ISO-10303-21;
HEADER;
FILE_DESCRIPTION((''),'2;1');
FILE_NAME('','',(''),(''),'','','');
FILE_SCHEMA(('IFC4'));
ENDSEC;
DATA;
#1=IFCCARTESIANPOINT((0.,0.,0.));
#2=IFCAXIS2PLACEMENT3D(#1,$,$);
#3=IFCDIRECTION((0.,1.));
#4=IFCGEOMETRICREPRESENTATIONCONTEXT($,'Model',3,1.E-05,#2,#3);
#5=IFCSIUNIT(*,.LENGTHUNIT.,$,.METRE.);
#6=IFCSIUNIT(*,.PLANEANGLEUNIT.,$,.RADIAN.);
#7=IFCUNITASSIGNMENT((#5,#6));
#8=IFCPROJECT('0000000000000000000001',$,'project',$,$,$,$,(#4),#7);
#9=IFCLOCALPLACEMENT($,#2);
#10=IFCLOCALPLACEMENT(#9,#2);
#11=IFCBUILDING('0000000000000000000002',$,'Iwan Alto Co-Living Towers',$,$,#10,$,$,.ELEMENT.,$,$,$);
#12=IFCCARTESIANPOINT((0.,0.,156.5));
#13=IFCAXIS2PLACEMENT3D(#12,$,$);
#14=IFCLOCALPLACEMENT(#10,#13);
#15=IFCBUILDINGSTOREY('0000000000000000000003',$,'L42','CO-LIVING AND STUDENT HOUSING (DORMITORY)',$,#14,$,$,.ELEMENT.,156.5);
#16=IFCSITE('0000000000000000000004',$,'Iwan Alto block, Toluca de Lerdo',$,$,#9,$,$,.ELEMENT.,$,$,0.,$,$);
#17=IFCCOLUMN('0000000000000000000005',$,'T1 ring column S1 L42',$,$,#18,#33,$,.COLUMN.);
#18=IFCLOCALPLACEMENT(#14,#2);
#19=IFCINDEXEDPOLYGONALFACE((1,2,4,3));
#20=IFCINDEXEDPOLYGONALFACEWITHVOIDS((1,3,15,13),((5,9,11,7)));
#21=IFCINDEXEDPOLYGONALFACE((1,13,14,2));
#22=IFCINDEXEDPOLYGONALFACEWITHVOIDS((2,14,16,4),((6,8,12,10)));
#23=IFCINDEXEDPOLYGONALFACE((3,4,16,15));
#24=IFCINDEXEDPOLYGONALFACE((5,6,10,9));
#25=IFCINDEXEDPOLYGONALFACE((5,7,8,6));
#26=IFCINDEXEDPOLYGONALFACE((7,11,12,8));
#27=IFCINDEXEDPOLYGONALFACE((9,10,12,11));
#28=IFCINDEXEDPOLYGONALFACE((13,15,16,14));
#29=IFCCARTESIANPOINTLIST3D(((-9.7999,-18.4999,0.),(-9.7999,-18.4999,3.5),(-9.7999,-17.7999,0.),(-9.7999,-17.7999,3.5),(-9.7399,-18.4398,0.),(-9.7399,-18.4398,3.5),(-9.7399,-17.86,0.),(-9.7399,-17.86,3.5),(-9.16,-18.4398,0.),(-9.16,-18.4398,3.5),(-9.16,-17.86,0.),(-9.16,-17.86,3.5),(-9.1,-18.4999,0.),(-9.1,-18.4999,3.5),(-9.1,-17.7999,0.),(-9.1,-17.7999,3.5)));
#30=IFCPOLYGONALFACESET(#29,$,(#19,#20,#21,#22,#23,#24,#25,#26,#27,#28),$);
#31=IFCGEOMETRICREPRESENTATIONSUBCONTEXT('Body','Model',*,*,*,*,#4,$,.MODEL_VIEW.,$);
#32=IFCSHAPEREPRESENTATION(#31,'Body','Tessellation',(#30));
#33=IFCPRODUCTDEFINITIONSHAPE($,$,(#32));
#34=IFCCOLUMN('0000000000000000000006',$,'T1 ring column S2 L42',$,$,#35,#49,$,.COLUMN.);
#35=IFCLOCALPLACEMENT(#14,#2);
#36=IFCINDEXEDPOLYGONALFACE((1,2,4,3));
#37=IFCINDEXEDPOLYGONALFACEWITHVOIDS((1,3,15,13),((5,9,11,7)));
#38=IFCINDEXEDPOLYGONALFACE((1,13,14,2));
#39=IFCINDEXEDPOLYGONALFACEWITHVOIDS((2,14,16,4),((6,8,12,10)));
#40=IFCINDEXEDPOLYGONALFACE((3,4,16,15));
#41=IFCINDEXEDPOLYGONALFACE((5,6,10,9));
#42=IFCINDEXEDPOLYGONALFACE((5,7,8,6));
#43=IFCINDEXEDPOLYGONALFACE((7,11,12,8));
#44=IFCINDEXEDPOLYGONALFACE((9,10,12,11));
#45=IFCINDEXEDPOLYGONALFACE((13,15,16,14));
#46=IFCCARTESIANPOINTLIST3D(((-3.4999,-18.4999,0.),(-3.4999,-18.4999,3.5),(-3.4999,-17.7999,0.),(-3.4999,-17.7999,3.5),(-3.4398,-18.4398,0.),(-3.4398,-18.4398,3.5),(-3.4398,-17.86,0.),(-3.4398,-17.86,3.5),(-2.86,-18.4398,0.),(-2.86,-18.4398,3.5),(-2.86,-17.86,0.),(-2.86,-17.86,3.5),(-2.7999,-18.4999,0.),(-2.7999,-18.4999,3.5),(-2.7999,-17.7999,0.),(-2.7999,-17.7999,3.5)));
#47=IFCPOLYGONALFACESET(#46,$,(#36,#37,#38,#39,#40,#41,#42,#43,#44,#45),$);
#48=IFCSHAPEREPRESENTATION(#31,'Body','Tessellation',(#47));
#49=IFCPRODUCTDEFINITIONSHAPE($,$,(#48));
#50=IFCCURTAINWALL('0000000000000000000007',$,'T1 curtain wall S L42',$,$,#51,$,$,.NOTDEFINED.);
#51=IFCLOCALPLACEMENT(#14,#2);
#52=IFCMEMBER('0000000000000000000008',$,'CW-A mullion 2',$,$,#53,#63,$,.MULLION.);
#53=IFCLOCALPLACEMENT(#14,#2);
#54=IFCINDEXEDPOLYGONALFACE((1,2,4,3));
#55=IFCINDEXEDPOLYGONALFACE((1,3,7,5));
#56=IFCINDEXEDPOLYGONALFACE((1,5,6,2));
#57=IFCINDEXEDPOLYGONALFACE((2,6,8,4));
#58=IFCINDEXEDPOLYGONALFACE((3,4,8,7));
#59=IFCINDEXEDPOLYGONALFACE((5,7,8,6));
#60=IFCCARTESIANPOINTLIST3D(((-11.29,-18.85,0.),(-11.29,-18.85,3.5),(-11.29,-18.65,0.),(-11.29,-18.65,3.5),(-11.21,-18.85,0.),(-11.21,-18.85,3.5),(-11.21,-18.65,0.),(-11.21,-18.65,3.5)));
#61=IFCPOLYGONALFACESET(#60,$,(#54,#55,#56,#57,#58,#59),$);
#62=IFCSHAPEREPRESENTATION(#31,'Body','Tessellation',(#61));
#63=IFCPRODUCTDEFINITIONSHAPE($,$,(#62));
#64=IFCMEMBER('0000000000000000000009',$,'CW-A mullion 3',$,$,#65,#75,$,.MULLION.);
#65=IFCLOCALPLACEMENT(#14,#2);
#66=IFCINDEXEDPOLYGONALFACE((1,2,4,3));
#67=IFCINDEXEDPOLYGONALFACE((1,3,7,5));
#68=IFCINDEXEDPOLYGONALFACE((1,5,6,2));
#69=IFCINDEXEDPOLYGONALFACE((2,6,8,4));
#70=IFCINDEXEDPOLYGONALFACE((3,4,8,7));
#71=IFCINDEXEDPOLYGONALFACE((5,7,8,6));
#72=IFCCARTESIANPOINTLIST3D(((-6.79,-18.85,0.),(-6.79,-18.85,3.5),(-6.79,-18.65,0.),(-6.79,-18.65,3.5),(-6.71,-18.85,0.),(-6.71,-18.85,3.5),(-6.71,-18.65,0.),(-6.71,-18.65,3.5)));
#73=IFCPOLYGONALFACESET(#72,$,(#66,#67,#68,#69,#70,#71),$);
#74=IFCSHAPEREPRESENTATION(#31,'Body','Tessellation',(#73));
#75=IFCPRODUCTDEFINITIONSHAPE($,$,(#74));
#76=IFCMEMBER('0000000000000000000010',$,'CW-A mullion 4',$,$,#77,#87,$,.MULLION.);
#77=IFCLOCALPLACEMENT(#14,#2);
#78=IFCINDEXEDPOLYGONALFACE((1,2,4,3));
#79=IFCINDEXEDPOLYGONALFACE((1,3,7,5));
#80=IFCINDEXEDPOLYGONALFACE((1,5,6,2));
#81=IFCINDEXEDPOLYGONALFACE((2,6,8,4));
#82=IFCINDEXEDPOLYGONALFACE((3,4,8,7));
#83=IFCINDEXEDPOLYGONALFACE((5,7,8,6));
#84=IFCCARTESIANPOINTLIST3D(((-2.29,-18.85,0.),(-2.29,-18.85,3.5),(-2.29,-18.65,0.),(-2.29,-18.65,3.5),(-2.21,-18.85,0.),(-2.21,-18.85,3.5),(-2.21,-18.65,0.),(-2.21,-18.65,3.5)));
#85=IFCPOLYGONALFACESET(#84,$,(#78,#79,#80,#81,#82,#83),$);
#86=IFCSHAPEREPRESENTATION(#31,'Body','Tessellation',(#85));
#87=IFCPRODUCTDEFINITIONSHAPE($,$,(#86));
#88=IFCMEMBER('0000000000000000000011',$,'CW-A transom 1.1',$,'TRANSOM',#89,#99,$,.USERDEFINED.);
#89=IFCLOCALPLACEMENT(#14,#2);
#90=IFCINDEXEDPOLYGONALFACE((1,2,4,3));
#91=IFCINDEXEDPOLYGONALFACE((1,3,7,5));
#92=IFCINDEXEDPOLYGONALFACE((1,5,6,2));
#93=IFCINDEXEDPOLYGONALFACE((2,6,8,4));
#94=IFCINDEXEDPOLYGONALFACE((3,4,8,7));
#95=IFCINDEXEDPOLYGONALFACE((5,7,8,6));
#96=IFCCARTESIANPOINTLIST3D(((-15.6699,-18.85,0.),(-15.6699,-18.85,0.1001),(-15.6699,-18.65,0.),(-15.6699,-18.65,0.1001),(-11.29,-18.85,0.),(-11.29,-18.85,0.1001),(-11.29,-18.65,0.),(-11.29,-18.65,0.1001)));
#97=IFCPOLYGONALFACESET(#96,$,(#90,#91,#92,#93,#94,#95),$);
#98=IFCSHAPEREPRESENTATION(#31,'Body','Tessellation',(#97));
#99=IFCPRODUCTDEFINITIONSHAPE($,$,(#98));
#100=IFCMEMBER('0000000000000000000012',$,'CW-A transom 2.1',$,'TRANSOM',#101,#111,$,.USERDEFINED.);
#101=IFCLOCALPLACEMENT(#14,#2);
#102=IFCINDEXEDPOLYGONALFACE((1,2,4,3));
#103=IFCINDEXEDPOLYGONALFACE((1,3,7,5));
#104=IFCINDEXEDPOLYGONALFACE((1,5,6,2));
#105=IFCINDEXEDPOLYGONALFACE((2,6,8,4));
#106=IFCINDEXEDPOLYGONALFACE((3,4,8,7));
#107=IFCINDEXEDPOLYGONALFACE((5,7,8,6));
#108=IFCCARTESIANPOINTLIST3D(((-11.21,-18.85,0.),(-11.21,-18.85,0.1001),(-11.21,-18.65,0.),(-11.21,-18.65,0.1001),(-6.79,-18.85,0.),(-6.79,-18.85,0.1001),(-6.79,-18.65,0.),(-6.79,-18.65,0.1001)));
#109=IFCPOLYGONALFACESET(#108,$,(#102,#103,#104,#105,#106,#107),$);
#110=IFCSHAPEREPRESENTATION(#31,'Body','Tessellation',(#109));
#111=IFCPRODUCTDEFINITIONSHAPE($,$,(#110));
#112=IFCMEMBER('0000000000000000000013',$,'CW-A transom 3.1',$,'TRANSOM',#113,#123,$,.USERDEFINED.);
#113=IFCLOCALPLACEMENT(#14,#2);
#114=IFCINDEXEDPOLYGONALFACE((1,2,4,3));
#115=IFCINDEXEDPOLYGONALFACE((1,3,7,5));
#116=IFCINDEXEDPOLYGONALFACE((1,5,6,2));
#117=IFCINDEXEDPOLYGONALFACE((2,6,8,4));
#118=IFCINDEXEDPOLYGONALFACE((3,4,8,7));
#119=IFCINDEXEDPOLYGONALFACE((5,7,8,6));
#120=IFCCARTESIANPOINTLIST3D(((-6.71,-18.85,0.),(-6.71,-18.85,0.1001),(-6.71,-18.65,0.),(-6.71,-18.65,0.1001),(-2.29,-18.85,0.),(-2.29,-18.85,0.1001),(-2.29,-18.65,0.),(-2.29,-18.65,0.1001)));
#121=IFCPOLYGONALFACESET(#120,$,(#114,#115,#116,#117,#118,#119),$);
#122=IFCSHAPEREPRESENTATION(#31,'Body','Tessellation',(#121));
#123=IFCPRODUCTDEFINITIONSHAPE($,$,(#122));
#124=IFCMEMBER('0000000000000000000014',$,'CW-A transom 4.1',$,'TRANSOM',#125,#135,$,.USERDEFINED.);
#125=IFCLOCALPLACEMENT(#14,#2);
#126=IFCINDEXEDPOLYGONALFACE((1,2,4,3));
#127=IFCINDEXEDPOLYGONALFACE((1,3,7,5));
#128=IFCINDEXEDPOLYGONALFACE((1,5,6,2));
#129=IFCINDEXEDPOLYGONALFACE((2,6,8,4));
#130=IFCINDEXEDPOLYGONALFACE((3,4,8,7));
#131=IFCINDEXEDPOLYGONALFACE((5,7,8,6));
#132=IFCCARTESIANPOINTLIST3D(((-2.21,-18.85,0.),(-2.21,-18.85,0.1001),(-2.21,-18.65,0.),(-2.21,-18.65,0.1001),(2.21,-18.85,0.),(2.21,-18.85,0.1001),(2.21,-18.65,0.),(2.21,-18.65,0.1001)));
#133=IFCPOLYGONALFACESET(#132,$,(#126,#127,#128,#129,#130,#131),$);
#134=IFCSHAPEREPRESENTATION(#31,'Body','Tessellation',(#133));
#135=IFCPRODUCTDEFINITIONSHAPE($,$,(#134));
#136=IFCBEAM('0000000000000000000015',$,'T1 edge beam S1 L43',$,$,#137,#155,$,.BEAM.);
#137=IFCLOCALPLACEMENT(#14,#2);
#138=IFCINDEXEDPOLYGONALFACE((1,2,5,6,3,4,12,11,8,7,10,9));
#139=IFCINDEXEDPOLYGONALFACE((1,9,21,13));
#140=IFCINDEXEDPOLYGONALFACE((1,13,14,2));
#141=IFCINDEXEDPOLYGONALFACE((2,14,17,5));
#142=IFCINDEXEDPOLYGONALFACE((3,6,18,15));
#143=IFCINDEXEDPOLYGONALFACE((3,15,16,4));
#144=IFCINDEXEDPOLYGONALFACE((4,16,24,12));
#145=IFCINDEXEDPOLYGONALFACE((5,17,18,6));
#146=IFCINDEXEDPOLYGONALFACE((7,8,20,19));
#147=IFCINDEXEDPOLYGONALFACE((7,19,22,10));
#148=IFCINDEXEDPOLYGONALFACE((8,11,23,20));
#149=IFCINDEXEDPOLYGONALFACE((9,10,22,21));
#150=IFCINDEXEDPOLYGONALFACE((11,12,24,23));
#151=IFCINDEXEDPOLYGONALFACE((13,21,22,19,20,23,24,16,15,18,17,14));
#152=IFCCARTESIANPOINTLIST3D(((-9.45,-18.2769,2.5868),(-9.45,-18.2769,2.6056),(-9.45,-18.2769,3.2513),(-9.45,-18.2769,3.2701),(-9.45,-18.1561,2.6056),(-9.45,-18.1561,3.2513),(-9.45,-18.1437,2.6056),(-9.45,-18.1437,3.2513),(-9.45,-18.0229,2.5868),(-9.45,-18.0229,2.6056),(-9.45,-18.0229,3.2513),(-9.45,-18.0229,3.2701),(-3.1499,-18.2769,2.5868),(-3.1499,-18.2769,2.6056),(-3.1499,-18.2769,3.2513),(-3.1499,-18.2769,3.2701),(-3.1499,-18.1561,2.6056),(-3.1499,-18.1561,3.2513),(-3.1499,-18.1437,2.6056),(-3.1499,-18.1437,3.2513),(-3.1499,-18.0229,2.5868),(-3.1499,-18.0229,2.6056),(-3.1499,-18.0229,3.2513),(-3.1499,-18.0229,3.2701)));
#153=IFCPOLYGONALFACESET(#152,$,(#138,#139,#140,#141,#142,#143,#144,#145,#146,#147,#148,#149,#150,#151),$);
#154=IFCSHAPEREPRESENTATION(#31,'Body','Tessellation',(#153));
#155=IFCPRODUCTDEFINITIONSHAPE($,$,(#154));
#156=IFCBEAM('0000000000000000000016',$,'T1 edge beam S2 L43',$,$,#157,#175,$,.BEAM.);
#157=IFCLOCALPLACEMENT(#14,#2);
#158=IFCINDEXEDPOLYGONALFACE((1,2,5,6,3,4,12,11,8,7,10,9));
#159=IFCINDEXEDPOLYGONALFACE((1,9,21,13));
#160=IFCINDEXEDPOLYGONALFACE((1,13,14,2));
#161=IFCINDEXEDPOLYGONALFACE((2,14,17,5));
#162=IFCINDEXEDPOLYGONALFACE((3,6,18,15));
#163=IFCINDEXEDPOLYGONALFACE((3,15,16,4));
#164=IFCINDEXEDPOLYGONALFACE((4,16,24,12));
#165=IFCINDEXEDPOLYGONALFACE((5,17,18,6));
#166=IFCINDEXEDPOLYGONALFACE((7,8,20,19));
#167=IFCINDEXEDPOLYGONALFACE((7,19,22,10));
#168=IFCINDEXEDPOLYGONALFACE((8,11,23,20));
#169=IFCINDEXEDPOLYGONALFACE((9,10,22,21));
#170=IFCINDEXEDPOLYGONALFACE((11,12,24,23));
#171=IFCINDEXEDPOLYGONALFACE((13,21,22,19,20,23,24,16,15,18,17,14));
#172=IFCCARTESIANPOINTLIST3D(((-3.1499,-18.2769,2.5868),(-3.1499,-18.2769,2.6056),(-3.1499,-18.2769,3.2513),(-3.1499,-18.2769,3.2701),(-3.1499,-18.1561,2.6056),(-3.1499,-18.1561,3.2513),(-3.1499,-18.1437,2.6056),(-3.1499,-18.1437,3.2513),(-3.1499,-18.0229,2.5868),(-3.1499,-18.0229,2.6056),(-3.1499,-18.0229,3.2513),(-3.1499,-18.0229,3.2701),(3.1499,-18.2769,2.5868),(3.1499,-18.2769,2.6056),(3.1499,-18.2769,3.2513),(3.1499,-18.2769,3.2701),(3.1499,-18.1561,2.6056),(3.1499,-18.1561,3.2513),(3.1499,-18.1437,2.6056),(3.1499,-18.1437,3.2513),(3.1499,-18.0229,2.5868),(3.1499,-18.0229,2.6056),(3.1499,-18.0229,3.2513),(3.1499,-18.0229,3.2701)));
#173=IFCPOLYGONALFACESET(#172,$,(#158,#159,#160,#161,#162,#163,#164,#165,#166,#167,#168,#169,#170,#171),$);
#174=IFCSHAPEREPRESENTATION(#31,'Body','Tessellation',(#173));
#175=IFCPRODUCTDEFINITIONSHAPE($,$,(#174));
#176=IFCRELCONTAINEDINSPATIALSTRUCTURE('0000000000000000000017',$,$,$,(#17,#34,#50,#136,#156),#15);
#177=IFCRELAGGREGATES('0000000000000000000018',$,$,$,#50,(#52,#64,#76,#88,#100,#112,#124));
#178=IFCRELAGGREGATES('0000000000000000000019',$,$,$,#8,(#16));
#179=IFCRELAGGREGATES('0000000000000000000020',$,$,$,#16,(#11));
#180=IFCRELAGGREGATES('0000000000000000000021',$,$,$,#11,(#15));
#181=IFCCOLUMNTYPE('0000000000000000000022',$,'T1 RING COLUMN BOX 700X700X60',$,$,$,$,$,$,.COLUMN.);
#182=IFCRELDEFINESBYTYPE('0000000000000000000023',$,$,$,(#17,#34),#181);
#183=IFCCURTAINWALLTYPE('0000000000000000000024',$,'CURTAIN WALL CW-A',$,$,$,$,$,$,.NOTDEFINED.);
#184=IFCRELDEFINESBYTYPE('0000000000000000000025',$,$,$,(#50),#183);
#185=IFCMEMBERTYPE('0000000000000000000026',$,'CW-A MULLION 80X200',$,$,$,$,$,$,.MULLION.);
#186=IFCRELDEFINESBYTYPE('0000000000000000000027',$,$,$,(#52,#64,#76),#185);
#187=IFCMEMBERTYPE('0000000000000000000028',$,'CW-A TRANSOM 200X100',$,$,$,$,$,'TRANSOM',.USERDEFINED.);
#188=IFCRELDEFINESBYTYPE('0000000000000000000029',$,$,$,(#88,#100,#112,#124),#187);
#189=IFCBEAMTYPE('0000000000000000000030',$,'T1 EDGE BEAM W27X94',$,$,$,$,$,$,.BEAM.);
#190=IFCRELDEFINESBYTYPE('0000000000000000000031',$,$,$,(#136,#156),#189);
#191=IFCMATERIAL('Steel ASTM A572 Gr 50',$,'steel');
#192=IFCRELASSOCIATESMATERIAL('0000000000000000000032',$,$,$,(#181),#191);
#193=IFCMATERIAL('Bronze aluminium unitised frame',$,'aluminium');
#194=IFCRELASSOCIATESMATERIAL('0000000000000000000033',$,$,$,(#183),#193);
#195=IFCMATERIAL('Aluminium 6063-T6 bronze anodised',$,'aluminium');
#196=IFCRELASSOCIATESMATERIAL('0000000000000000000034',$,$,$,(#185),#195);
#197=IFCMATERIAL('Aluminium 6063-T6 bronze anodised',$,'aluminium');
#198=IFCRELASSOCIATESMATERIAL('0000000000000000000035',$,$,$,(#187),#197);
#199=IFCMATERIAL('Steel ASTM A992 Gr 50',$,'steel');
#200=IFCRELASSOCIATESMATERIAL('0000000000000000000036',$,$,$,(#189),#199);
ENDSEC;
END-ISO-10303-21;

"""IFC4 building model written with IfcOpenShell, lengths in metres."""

from ifc_helpers import new_model, si_unit, direction, frame, origin, origin_2d, place, context, subcontext, project, spatial, rectangle, hollow_rectangle, i_section, extrude, material, material_profile, profile_set, type_object, element, aggregate, save


model = new_model("IFC4")

# Units and contexts
model_context = context("Model", 3, precision=1e-05, world=origin(), true_north=direction((0.0, 1.0)))
body_context = subcontext(model_context, "Body", "Model", "MODEL_VIEW")
ifc_project = project(units=[si_unit("LENGTHUNIT", "METRE"), si_unit("PLANEANGLEUNIT", "RADIAN")], contexts=[model_context])

# Site, building, storey
site_placement = place(None, origin())
site = spatial("IfcSite", under=ifc_project, at=site_placement, Name="Iwan Alto block, Toluca de Lerdo", CompositionType="ELEMENT", RefElevation=0.0)
building_placement = place(site_placement, origin())
building = spatial("IfcBuilding", under=site, at=building_placement, Name="Iwan Alto Co-Living Towers", CompositionType="ELEMENT")
storey_placement = place(building_placement, frame((0.0, 0.0, 156.5)))
storey = spatial("IfcBuildingStorey", under=building, at=storey_placement, Name="L42", Description="CO-LIVING AND STUDENT HOUSING (DORMITORY)", CompositionType="ELEMENT", Elevation=156.5)

# Columns
ifc_material_1 = material(Name="Steel ASTM A572 Gr 50", Category="steel")
ifc_material_profile_1 = material_profile(ifc_material_1, hollow_rectangle(XDim=0.7, YDim=0.7, WallThickness=0.0601, at=origin_2d()), Name="BOX 700X700X60")
ifc_profile_set_1 = profile_set([ifc_material_profile_1], Name="Steel ASTM A572 Gr 50")
column_type = type_object("IfcColumnType", Name="T1 RING COLUMN BOX 700X700X60", PredefinedType="COLUMN", material=ifc_profile_set_1)
for number, where, z_axis, x_axis, name in (
    (1, (-9.45, -18.1499, 0.0), (0.0, 0.0, 1.0), (1.0, 0.0, 0.0), "T1 ring column S1 L42"),
    (2, (-3.1499, -18.1499, 0.0), (0.0, 0.0, 1.0), (1.0, 0.0, 0.0), "T1 ring column S2 L42"),
):
    element("IfcColumn", number, at=place(storey_placement, frame(where, z_axis=z_axis, x_axis=x_axis)), inside=storey, type_object=column_type, Name=name, PredefinedType="COLUMN", context=body_context, shape_type="SweptSolid", body=[
        extrude(hollow_rectangle(XDim=0.7, YDim=0.7, WallThickness=0.0601, at=origin_2d()), origin(), (0.0, 0.0, 1.0), 3.5),
    ])

# Curtain wall, members
ifc_material_2 = material(Name="Bronze aluminium unitised frame", Category="aluminium")
curtain_wall_type = type_object("IfcCurtainWallType", Name="CURTAIN WALL CW-A", PredefinedType="NOTDEFINED", material=ifc_material_2)
curtain_wall_placement = place(storey_placement, origin())
curtain_wall = element("IfcCurtainWall", 3, at=curtain_wall_placement, inside=storey, type_object=curtain_wall_type, Name="T1 curtain wall S L42", PredefinedType="NOTDEFINED")
ifc_material_3 = material(Name="Aluminium 6063-T6 bronze anodised", Category="aluminium")
ifc_material_profile_2 = material_profile(ifc_material_3, rectangle(XDim=0.2, YDim=0.0801, at=origin_2d()), Name="AL 80X200")
ifc_profile_set_2 = profile_set([ifc_material_profile_2], Name="Aluminium 6063-T6 bronze anodised")
member_type_1 = type_object("IfcMemberType", Name="CW-A MULLION 80X200", PredefinedType="MULLION", material=ifc_profile_set_2)
member_1_placement = place(storey_placement, frame((-11.25, -18.75, 0.0), z_axis=(0.0, 0.0, 1.0), x_axis=(0.0, 1.0, 0.0)))
member_1 = element("IfcMember", 4, at=member_1_placement, type_object=member_type_1, Name="CW-A mullion 2", PredefinedType="MULLION", context=body_context, shape_type="SweptSolid", body=[
    extrude(rectangle(XDim=0.2, YDim=0.0801, at=origin_2d()), origin(), (0.0, 0.0, 1.0), 3.5),
])
member_2_placement = place(storey_placement, frame((-6.75, -18.75, 0.0), z_axis=(0.0, 0.0, 1.0), x_axis=(0.0, 1.0, 0.0)))
member_2 = element("IfcMember", 5, at=member_2_placement, type_object=member_type_1, Name="CW-A mullion 3", PredefinedType="MULLION", context=body_context, shape_type="SweptSolid", body=[
    extrude(rectangle(XDim=0.2, YDim=0.0801, at=origin_2d()), origin(), (0.0, 0.0, 1.0), 3.5),
])
member_3_placement = place(storey_placement, frame((-2.25, -18.75, 0.0), z_axis=(0.0, 0.0, 1.0), x_axis=(0.0, 1.0, 0.0)))
member_3 = element("IfcMember", 6, at=member_3_placement, type_object=member_type_1, Name="CW-A mullion 4", PredefinedType="MULLION", context=body_context, shape_type="SweptSolid", body=[
    extrude(rectangle(XDim=0.2, YDim=0.0801, at=origin_2d()), origin(), (0.0, 0.0, 1.0), 3.5),
])
ifc_material_4 = material(Name="Aluminium 6063-T6 bronze anodised", Category="aluminium")
ifc_material_profile_3 = material_profile(ifc_material_4, rectangle(XDim=0.2, YDim=0.1001, at=origin_2d()), Name="AL 200X100")
ifc_profile_set_3 = profile_set([ifc_material_profile_3], Name="Aluminium 6063-T6 bronze anodised")
member_type_2 = type_object("IfcMemberType", Name="CW-A TRANSOM 200X100", ElementType="TRANSOM", PredefinedType="USERDEFINED", material=ifc_profile_set_3)
member_4_placement = place(storey_placement, frame((-15.6699, -18.75, 0.05), z_axis=(1.0, 0.0, 0.0), x_axis=(0.0, 1.0, 0.0)))
member_4 = element("IfcMember", 7, at=member_4_placement, type_object=member_type_2, Name="CW-A transom 1.1", ObjectType="TRANSOM", PredefinedType="USERDEFINED", context=body_context, shape_type="SweptSolid", body=[
    extrude(rectangle(XDim=0.2, YDim=0.1001, at=origin_2d()), origin(), (0.0, 0.0, 1.0), 4.3799),
])
member_5_placement = place(storey_placement, frame((-11.21, -18.75, 0.05), z_axis=(1.0, 0.0, 0.0), x_axis=(0.0, 1.0, 0.0)))
member_5 = element("IfcMember", 8, at=member_5_placement, type_object=member_type_2, Name="CW-A transom 2.1", ObjectType="TRANSOM", PredefinedType="USERDEFINED", context=body_context, shape_type="SweptSolid", body=[
    extrude(rectangle(XDim=0.2, YDim=0.1001, at=origin_2d()), origin(), (0.0, 0.0, 1.0), 4.4199),
])
member_6_placement = place(storey_placement, frame((-6.71, -18.75, 0.05), z_axis=(1.0, 0.0, 0.0), x_axis=(0.0, 1.0, 0.0)))
member_6 = element("IfcMember", 9, at=member_6_placement, type_object=member_type_2, Name="CW-A transom 3.1", ObjectType="TRANSOM", PredefinedType="USERDEFINED", context=body_context, shape_type="SweptSolid", body=[
    extrude(rectangle(XDim=0.2, YDim=0.1001, at=origin_2d()), origin(), (0.0, 0.0, 1.0), 4.4199),
])
member_7_placement = place(storey_placement, frame((-2.21, -18.75, 0.05), z_axis=(1.0, 0.0, 0.0), x_axis=(0.0, 1.0, 0.0)))
member_7 = element("IfcMember", 10, at=member_7_placement, type_object=member_type_2, Name="CW-A transom 4.1", ObjectType="TRANSOM", PredefinedType="USERDEFINED", context=body_context, shape_type="SweptSolid", body=[
    extrude(rectangle(XDim=0.2, YDim=0.1001, at=origin_2d()), origin(), (0.0, 0.0, 1.0), 4.4199),
])

# Beams
ifc_material_5 = material(Name="Steel ASTM A992 Gr 50", Category="steel")
ifc_material_profile_4 = material_profile(ifc_material_5, i_section(OverallWidth=0.2539, OverallDepth=0.6833, WebThickness=0.0125, FlangeThickness=0.0188, at=origin_2d()), Name="W27X94")
ifc_profile_set_4 = profile_set([ifc_material_profile_4], Name="Steel ASTM A992 Gr 50")
beam_type_1 = type_object("IfcBeamType", Name="T1 EDGE BEAM W27X94", PredefinedType="BEAM", material=ifc_profile_set_4)
beam_1_placement = place(storey_placement, frame((-9.45, -18.1499, 2.9285), z_axis=(1.0, 0.0, 0.0), x_axis=(0.0, 1.0, 0.0)))
element("IfcBeam", 11, at=beam_1_placement, inside=storey, type_object=beam_type_1, Name="T1 edge beam S1 L43", PredefinedType="BEAM", context=body_context, shape_type="SweptSolid", body=[
    extrude(i_section(OverallWidth=0.2539, OverallDepth=0.6833, WebThickness=0.0125, FlangeThickness=0.0188, at=origin_2d()), origin(), (0.0, 0.0, 1.0), 6.3),
])
beam_2_placement = place(storey_placement, frame((-3.1499, -18.1499, 2.9285), z_axis=(1.0, 0.0, 0.0), x_axis=(0.0, 1.0, 0.0)))
element("IfcBeam", 12, at=beam_2_placement, inside=storey, type_object=beam_type_1, Name="T1 edge beam S2 L43", PredefinedType="BEAM", context=body_context, shape_type="SweptSolid", body=[
    extrude(i_section(OverallWidth=0.2539, OverallDepth=0.6833, WebThickness=0.0125, FlangeThickness=0.0188, at=origin_2d()), origin(), (0.0, 0.0, 1.0), 6.2998),
])

aggregate(curtain_wall, [member_1, member_2, member_3, member_4, member_5, member_6, member_7])

save(model, "model.ifc")
